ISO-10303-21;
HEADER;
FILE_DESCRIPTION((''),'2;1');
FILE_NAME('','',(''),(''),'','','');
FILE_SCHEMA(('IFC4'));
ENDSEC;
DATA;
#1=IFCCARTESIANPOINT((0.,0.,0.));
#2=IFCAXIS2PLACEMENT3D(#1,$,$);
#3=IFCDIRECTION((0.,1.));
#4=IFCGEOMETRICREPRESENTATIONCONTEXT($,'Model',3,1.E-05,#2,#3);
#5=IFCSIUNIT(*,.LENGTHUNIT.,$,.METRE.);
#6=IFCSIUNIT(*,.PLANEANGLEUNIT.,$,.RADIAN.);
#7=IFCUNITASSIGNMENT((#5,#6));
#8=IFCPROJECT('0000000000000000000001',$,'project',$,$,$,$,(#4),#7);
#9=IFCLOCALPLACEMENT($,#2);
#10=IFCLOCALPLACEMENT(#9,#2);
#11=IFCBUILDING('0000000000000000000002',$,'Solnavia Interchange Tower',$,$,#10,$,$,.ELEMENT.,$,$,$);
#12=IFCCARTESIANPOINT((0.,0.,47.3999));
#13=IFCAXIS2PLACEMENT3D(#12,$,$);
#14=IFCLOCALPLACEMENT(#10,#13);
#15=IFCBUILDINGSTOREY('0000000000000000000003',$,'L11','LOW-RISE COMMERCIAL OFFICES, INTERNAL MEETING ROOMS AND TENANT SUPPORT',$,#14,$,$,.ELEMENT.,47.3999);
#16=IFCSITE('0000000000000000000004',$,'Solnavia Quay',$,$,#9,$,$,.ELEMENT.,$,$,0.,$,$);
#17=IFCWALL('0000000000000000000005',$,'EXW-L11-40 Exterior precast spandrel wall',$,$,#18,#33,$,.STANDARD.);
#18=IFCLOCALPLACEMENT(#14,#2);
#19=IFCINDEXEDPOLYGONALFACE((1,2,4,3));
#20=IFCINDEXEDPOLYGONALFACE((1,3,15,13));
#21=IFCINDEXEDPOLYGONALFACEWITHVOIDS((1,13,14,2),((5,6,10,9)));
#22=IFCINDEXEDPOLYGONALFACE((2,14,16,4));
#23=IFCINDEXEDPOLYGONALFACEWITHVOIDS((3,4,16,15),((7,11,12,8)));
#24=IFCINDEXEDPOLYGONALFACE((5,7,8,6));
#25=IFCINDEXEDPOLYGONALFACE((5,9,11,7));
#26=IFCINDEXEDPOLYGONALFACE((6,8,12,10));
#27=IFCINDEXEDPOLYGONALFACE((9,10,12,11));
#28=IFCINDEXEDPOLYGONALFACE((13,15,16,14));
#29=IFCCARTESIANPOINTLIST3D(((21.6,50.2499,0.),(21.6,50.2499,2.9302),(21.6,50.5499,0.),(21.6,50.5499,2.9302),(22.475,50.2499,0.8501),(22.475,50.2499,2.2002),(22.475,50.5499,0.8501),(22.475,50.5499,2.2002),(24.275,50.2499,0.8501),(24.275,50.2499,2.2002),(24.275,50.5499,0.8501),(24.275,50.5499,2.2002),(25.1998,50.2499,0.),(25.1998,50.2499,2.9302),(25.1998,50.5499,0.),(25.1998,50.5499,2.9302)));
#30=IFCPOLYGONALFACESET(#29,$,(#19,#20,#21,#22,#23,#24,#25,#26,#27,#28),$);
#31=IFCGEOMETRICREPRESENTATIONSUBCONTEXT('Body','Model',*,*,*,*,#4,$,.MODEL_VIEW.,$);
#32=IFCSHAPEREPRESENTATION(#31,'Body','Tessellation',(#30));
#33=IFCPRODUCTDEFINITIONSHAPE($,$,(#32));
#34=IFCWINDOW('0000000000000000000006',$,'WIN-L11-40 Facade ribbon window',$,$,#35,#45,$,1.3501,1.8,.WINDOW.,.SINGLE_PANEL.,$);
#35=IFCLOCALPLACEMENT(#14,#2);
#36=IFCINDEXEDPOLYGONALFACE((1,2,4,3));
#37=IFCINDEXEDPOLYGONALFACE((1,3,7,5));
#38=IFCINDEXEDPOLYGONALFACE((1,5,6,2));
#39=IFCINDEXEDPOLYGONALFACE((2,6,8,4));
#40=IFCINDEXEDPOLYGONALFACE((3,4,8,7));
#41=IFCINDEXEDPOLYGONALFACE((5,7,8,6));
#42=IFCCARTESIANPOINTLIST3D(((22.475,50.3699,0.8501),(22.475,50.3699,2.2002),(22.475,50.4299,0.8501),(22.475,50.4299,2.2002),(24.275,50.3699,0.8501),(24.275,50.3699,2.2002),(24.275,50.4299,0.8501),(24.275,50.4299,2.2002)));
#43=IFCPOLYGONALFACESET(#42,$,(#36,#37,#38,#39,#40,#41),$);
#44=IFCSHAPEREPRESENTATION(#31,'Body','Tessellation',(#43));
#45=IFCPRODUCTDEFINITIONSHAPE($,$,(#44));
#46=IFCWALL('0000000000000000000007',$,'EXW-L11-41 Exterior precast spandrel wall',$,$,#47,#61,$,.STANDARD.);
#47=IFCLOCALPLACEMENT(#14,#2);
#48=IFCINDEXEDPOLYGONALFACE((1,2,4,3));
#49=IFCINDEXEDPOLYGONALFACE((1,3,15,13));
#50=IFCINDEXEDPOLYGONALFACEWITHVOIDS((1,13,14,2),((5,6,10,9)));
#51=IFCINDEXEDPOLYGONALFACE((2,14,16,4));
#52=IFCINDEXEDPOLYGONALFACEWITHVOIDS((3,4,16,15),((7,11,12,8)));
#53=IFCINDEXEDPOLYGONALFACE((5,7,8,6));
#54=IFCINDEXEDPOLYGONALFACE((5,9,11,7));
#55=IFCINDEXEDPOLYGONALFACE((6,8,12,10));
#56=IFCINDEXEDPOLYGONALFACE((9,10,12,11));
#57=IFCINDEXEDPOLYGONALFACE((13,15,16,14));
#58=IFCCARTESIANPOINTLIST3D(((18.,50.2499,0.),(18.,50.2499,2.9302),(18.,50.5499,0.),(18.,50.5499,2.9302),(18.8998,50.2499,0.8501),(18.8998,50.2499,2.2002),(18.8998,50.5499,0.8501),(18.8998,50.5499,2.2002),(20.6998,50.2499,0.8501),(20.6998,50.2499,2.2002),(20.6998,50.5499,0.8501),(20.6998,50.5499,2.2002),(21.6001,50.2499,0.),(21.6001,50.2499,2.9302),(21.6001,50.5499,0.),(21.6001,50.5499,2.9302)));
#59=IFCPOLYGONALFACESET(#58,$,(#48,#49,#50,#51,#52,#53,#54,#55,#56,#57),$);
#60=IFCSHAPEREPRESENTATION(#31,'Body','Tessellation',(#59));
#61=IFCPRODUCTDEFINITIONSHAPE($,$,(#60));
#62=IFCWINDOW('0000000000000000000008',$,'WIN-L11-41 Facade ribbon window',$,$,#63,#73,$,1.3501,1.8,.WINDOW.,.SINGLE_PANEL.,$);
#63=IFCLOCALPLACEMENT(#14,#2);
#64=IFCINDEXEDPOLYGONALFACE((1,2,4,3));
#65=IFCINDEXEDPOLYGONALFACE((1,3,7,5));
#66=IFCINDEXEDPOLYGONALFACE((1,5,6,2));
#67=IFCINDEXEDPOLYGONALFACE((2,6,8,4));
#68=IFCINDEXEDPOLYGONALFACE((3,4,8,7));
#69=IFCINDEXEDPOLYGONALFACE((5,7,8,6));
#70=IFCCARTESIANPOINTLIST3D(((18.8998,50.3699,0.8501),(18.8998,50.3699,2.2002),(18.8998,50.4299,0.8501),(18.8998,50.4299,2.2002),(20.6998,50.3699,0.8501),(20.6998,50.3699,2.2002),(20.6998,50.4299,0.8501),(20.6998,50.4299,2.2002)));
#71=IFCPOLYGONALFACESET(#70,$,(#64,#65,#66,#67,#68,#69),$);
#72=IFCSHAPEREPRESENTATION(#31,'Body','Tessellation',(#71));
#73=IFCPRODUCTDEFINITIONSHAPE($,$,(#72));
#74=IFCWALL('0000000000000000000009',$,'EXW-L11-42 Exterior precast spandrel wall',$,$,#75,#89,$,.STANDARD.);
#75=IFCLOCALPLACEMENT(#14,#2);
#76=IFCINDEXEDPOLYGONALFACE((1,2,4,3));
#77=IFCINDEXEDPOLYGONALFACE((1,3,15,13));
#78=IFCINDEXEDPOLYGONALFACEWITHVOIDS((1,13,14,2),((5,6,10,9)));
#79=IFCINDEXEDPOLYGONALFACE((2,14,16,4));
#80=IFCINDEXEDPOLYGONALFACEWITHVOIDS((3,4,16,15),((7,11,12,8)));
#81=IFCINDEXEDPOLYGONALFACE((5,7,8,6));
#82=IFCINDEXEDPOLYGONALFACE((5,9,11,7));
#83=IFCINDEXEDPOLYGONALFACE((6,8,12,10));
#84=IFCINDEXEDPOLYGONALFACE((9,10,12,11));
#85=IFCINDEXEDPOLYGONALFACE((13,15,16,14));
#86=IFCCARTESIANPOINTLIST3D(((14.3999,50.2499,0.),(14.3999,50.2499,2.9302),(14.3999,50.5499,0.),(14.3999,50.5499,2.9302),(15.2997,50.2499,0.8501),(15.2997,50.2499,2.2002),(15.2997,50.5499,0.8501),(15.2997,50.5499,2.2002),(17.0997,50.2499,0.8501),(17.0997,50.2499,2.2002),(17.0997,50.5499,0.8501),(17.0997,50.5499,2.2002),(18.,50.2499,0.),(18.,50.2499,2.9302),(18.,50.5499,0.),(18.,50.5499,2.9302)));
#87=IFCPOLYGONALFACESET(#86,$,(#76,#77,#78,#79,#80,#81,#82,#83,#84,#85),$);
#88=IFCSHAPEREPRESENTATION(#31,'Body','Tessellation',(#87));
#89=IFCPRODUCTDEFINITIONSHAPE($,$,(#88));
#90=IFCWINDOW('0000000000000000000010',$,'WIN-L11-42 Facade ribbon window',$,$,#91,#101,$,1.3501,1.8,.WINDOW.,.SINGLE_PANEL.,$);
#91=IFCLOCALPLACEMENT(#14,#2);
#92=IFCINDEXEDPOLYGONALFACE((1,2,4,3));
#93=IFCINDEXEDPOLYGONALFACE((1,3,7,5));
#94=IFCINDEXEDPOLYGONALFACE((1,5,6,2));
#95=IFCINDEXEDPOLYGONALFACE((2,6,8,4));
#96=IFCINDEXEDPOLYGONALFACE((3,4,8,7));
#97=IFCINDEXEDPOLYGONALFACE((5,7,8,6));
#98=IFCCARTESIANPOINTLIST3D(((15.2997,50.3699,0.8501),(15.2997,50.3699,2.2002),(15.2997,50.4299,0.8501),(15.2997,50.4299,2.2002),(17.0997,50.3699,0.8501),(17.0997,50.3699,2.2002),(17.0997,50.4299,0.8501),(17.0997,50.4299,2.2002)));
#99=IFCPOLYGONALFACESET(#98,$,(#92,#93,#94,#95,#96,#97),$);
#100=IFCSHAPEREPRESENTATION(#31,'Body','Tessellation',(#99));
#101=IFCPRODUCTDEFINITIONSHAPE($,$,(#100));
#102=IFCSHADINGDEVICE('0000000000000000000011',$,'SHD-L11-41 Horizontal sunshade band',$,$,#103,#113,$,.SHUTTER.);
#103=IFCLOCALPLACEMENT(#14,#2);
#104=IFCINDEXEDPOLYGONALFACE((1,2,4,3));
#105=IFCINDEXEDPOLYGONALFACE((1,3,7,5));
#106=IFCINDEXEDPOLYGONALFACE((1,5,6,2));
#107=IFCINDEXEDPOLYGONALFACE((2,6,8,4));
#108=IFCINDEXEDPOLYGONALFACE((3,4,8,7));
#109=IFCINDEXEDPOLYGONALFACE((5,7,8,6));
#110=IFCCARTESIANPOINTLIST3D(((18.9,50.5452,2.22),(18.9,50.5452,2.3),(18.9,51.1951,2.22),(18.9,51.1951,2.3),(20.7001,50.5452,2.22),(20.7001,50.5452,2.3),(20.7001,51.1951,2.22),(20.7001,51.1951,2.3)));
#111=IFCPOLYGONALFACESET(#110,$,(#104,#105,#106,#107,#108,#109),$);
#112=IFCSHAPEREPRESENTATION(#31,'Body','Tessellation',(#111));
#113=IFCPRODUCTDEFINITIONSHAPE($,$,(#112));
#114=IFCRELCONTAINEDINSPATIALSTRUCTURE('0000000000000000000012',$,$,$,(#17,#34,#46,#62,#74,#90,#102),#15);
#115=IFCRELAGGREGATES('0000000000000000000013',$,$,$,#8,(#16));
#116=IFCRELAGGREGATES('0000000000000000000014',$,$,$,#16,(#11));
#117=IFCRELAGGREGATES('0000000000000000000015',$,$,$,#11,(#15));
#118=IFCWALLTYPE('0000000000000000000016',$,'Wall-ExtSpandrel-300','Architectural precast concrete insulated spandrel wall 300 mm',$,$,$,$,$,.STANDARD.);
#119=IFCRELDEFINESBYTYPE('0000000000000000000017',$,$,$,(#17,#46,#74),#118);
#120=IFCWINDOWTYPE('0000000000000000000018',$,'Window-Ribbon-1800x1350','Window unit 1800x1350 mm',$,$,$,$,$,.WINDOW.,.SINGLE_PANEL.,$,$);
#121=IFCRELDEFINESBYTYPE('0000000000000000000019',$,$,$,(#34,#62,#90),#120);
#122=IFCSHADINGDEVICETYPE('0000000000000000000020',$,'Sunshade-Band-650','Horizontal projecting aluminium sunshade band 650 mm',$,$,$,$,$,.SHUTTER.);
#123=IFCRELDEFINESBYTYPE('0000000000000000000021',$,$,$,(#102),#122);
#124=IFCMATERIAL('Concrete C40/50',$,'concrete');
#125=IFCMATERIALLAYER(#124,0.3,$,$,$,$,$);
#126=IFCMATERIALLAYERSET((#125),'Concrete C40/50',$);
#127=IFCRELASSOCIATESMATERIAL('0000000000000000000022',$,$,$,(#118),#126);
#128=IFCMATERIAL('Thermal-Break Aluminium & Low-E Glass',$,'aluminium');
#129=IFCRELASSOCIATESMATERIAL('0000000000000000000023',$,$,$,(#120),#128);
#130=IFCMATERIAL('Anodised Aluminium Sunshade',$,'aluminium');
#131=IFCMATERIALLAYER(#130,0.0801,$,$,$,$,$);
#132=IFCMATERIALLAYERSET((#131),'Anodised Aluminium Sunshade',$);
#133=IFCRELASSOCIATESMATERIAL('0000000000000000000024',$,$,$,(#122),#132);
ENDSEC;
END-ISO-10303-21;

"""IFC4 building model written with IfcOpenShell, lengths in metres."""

from ifc_helpers import new_model, si_unit, direction, frame, frame_2d, origin, origin_2d, place, context, subcontext, project, spatial, rectangle, extrude, material, layer, layer_set, type_object, element, fill, save


model = new_model("IFC4")

# Units and contexts
model_context = context("Model", 3, precision=1e-05, world=origin(), true_north=direction((0.0, 1.0)))
body_context = subcontext(model_context, "Body", "Model", "MODEL_VIEW")
ifc_project = project(units=[si_unit("LENGTHUNIT", "METRE"), si_unit("PLANEANGLEUNIT", "RADIAN")], contexts=[model_context])

# Site, building, storey
site_placement = place(None, origin())
site = spatial("IfcSite", under=ifc_project, at=site_placement, Name="Solnavia Quay", CompositionType="ELEMENT", RefElevation=0.0)
building_placement = place(site_placement, origin())
building = spatial("IfcBuilding", under=site, at=building_placement, Name="Solnavia Interchange Tower", CompositionType="ELEMENT")
storey_placement = place(building_placement, frame((0.0, 0.0, 47.3999)))
storey = spatial("IfcBuildingStorey", under=building, at=storey_placement, Name="L11", Description="LOW-RISE COMMERCIAL OFFICES, INTERNAL MEETING ROOMS AND TENANT SUPPORT", CompositionType="ELEMENT", Elevation=47.3999)

# Walls, openings, windows
ifc_material_1 = material(Name="Concrete C40/50", Category="concrete")
ifc_layer_1 = layer(ifc_material_1, 0.3)
ifc_layer_set_1 = layer_set([ifc_layer_1], Name="Concrete C40/50")
wall_type_1 = type_object("IfcWallType", Name="Wall-ExtSpandrel-300", Description="Architectural precast concrete insulated spandrel wall 300 mm", PredefinedType="STANDARD", material=ifc_layer_set_1)
wall_1_placement = place(storey_placement, frame((21.6001, 50.3999, 0.0), z_axis=(0.0, 0.0, 1.0), x_axis=(1.0, 0.0, 0.0)))
wall_1 = element("IfcWall", 1, at=wall_1_placement, inside=storey, type_object=wall_type_1, Name="EXW-L11-40 Exterior precast spandrel wall", PredefinedType="STANDARD", context=body_context, shape_type="SweptSolid", body=[
    extrude(rectangle(XDim=3.5999, YDim=0.3, at=frame_2d((1.7998, 0.0))), origin(), (0.0, 0.0, 1.0), 2.9302),
])
opening_1_placement = place(wall_1_placement, frame((0.875, 0.0, 0.8501)))
opening_1 = element("IfcOpeningElement", 2, at=opening_1_placement, cuts=wall_1, PredefinedType="OPENING", context=body_context, shape_type="SweptSolid", body=[
    extrude(rectangle(XDim=1.8, YDim=1.3501, at=frame_2d((0.8999, 0.675))), frame((0.0, 0.1602, 0.0), z_axis=(0.0, -1.0, 0.0), x_axis=(1.0, 0.0, 0.0)), (0.0, 0.0, 1.0), 0.3201),
])
ifc_material_2 = material(Name="Thermal-Break Aluminium & Low-E Glass", Category="aluminium")
window_type = type_object("IfcWindowType", Name="Window-Ribbon-1800x1350", Description="Window unit 1800x1350 mm", PartitioningType="SINGLE_PANEL", PredefinedType="WINDOW", material=ifc_material_2)
window_1_placement = place(opening_1_placement, origin())
window_1 = element("IfcWindow", 3, at=window_1_placement, inside=storey, type_object=window_type, Name="WIN-L11-40 Facade ribbon window", OverallHeight=1.3501, OverallWidth=1.8, PartitioningType="SINGLE_PANEL", PredefinedType="WINDOW", context=body_context, shape_type="SweptSolid", body=[
    extrude(rectangle(XDim=1.8, YDim=1.3501, at=frame_2d((0.8999, 0.675))), frame((0.0, 0.03, 0.0), z_axis=(0.0, -1.0, 0.0), x_axis=(1.0, 0.0, 0.0)), (0.0, 0.0, 1.0), 0.0601),
])
fill(opening_1, window_1)
wall_2_placement = place(storey_placement, frame((18.0, 50.3999, 0.0), z_axis=(0.0, 0.0, 1.0), x_axis=(1.0, 0.0, 0.0)))
wall_2 = element("IfcWall", 4, at=wall_2_placement, inside=storey, type_object=wall_type_1, Name="EXW-L11-41 Exterior precast spandrel wall", PredefinedType="STANDARD", context=body_context, shape_type="SweptSolid", body=[
    extrude(rectangle(XDim=3.6001, YDim=0.3, at=frame_2d((1.8, 0.0))), origin(), (0.0, 0.0, 1.0), 2.9302),
])
opening_2_placement = place(wall_2_placement, frame((0.8999, 0.0, 0.8501)))
opening_2 = element("IfcOpeningElement", 5, at=opening_2_placement, cuts=wall_2, PredefinedType="OPENING", context=body_context, shape_type="SweptSolid", body=[
    extrude(rectangle(XDim=1.8, YDim=1.3501, at=frame_2d((0.8999, 0.675))), frame((0.0, 0.1602, 0.0), z_axis=(0.0, -1.0, 0.0), x_axis=(1.0, 0.0, 0.0)), (0.0, 0.0, 1.0), 0.3201),
])
window_2_placement = place(opening_2_placement, origin())
window_2 = element("IfcWindow", 6, at=window_2_placement, inside=storey, type_object=window_type, Name="WIN-L11-41 Facade ribbon window", OverallHeight=1.3501, OverallWidth=1.8, PartitioningType="SINGLE_PANEL", PredefinedType="WINDOW", context=body_context, shape_type="SweptSolid", body=[
    extrude(rectangle(XDim=1.8, YDim=1.3501, at=frame_2d((0.8999, 0.675))), frame((0.0, 0.03, 0.0), z_axis=(0.0, -1.0, 0.0), x_axis=(1.0, 0.0, 0.0)), (0.0, 0.0, 1.0), 0.0601),
])
fill(opening_2, window_2)
wall_3_placement = place(storey_placement, frame((14.3999, 50.3999, 0.0), z_axis=(0.0, 0.0, 1.0), x_axis=(1.0, 0.0, 0.0)))
wall_3 = element("IfcWall", 7, at=wall_3_placement, inside=storey, type_object=wall_type_1, Name="EXW-L11-42 Exterior precast spandrel wall", PredefinedType="STANDARD", context=body_context, shape_type="SweptSolid", body=[
    extrude(rectangle(XDim=3.6001, YDim=0.3, at=frame_2d((1.8, 0.0))), origin(), (0.0, 0.0, 1.0), 2.9302),
])
opening_3_placement = place(wall_3_placement, frame((0.8999, 0.0, 0.8501)))
opening_3 = element("IfcOpeningElement", 8, at=opening_3_placement, cuts=wall_3, PredefinedType="OPENING", context=body_context, shape_type="SweptSolid", body=[
    extrude(rectangle(XDim=1.8, YDim=1.3501, at=frame_2d((0.8999, 0.675))), frame((0.0, 0.1602, 0.0), z_axis=(0.0, -1.0, 0.0), x_axis=(1.0, 0.0, 0.0)), (0.0, 0.0, 1.0), 0.3201),
])
window_3_placement = place(opening_3_placement, origin())
window_3 = element("IfcWindow", 9, at=window_3_placement, inside=storey, type_object=window_type, Name="WIN-L11-42 Facade ribbon window", OverallHeight=1.3501, OverallWidth=1.8, PartitioningType="SINGLE_PANEL", PredefinedType="WINDOW", context=body_context, shape_type="SweptSolid", body=[
    extrude(rectangle(XDim=1.8, YDim=1.3501, at=frame_2d((0.8999, 0.675))), frame((0.0, 0.03, 0.0), z_axis=(0.0, -1.0, 0.0), x_axis=(1.0, 0.0, 0.0)), (0.0, 0.0, 1.0), 0.0601),
])
fill(opening_3, window_3)

# Shading device
ifc_material_3 = material(Name="Anodised Aluminium Sunshade", Category="aluminium")
ifc_layer_2 = layer(ifc_material_3, 0.0801)
ifc_layer_set_2 = layer_set([ifc_layer_2], Name="Anodised Aluminium Sunshade")
shading_device_type = type_object("IfcShadingDeviceType", Name="Sunshade-Band-650", Description="Horizontal projecting aluminium sunshade band 650 mm", PredefinedType="SHUTTER", material=ifc_layer_set_2)
shading_device_placement = place(storey_placement, frame((19.8, 50.8701, 2.22), z_axis=(0.0, 0.0, 1.0), x_axis=(1.0, 0.0, 0.0)))
element("IfcShadingDevice", 10, at=shading_device_placement, inside=storey, type_object=shading_device_type, Name="SHD-L11-41 Horizontal sunshade band", PredefinedType="SHUTTER", context=body_context, shape_type="SweptSolid", body=[
    extrude(rectangle(XDim=1.8, YDim=0.6499, at=origin_2d()), origin(), (0.0, 0.0, 1.0), 0.0801),
])

save(model, "model.ifc")
